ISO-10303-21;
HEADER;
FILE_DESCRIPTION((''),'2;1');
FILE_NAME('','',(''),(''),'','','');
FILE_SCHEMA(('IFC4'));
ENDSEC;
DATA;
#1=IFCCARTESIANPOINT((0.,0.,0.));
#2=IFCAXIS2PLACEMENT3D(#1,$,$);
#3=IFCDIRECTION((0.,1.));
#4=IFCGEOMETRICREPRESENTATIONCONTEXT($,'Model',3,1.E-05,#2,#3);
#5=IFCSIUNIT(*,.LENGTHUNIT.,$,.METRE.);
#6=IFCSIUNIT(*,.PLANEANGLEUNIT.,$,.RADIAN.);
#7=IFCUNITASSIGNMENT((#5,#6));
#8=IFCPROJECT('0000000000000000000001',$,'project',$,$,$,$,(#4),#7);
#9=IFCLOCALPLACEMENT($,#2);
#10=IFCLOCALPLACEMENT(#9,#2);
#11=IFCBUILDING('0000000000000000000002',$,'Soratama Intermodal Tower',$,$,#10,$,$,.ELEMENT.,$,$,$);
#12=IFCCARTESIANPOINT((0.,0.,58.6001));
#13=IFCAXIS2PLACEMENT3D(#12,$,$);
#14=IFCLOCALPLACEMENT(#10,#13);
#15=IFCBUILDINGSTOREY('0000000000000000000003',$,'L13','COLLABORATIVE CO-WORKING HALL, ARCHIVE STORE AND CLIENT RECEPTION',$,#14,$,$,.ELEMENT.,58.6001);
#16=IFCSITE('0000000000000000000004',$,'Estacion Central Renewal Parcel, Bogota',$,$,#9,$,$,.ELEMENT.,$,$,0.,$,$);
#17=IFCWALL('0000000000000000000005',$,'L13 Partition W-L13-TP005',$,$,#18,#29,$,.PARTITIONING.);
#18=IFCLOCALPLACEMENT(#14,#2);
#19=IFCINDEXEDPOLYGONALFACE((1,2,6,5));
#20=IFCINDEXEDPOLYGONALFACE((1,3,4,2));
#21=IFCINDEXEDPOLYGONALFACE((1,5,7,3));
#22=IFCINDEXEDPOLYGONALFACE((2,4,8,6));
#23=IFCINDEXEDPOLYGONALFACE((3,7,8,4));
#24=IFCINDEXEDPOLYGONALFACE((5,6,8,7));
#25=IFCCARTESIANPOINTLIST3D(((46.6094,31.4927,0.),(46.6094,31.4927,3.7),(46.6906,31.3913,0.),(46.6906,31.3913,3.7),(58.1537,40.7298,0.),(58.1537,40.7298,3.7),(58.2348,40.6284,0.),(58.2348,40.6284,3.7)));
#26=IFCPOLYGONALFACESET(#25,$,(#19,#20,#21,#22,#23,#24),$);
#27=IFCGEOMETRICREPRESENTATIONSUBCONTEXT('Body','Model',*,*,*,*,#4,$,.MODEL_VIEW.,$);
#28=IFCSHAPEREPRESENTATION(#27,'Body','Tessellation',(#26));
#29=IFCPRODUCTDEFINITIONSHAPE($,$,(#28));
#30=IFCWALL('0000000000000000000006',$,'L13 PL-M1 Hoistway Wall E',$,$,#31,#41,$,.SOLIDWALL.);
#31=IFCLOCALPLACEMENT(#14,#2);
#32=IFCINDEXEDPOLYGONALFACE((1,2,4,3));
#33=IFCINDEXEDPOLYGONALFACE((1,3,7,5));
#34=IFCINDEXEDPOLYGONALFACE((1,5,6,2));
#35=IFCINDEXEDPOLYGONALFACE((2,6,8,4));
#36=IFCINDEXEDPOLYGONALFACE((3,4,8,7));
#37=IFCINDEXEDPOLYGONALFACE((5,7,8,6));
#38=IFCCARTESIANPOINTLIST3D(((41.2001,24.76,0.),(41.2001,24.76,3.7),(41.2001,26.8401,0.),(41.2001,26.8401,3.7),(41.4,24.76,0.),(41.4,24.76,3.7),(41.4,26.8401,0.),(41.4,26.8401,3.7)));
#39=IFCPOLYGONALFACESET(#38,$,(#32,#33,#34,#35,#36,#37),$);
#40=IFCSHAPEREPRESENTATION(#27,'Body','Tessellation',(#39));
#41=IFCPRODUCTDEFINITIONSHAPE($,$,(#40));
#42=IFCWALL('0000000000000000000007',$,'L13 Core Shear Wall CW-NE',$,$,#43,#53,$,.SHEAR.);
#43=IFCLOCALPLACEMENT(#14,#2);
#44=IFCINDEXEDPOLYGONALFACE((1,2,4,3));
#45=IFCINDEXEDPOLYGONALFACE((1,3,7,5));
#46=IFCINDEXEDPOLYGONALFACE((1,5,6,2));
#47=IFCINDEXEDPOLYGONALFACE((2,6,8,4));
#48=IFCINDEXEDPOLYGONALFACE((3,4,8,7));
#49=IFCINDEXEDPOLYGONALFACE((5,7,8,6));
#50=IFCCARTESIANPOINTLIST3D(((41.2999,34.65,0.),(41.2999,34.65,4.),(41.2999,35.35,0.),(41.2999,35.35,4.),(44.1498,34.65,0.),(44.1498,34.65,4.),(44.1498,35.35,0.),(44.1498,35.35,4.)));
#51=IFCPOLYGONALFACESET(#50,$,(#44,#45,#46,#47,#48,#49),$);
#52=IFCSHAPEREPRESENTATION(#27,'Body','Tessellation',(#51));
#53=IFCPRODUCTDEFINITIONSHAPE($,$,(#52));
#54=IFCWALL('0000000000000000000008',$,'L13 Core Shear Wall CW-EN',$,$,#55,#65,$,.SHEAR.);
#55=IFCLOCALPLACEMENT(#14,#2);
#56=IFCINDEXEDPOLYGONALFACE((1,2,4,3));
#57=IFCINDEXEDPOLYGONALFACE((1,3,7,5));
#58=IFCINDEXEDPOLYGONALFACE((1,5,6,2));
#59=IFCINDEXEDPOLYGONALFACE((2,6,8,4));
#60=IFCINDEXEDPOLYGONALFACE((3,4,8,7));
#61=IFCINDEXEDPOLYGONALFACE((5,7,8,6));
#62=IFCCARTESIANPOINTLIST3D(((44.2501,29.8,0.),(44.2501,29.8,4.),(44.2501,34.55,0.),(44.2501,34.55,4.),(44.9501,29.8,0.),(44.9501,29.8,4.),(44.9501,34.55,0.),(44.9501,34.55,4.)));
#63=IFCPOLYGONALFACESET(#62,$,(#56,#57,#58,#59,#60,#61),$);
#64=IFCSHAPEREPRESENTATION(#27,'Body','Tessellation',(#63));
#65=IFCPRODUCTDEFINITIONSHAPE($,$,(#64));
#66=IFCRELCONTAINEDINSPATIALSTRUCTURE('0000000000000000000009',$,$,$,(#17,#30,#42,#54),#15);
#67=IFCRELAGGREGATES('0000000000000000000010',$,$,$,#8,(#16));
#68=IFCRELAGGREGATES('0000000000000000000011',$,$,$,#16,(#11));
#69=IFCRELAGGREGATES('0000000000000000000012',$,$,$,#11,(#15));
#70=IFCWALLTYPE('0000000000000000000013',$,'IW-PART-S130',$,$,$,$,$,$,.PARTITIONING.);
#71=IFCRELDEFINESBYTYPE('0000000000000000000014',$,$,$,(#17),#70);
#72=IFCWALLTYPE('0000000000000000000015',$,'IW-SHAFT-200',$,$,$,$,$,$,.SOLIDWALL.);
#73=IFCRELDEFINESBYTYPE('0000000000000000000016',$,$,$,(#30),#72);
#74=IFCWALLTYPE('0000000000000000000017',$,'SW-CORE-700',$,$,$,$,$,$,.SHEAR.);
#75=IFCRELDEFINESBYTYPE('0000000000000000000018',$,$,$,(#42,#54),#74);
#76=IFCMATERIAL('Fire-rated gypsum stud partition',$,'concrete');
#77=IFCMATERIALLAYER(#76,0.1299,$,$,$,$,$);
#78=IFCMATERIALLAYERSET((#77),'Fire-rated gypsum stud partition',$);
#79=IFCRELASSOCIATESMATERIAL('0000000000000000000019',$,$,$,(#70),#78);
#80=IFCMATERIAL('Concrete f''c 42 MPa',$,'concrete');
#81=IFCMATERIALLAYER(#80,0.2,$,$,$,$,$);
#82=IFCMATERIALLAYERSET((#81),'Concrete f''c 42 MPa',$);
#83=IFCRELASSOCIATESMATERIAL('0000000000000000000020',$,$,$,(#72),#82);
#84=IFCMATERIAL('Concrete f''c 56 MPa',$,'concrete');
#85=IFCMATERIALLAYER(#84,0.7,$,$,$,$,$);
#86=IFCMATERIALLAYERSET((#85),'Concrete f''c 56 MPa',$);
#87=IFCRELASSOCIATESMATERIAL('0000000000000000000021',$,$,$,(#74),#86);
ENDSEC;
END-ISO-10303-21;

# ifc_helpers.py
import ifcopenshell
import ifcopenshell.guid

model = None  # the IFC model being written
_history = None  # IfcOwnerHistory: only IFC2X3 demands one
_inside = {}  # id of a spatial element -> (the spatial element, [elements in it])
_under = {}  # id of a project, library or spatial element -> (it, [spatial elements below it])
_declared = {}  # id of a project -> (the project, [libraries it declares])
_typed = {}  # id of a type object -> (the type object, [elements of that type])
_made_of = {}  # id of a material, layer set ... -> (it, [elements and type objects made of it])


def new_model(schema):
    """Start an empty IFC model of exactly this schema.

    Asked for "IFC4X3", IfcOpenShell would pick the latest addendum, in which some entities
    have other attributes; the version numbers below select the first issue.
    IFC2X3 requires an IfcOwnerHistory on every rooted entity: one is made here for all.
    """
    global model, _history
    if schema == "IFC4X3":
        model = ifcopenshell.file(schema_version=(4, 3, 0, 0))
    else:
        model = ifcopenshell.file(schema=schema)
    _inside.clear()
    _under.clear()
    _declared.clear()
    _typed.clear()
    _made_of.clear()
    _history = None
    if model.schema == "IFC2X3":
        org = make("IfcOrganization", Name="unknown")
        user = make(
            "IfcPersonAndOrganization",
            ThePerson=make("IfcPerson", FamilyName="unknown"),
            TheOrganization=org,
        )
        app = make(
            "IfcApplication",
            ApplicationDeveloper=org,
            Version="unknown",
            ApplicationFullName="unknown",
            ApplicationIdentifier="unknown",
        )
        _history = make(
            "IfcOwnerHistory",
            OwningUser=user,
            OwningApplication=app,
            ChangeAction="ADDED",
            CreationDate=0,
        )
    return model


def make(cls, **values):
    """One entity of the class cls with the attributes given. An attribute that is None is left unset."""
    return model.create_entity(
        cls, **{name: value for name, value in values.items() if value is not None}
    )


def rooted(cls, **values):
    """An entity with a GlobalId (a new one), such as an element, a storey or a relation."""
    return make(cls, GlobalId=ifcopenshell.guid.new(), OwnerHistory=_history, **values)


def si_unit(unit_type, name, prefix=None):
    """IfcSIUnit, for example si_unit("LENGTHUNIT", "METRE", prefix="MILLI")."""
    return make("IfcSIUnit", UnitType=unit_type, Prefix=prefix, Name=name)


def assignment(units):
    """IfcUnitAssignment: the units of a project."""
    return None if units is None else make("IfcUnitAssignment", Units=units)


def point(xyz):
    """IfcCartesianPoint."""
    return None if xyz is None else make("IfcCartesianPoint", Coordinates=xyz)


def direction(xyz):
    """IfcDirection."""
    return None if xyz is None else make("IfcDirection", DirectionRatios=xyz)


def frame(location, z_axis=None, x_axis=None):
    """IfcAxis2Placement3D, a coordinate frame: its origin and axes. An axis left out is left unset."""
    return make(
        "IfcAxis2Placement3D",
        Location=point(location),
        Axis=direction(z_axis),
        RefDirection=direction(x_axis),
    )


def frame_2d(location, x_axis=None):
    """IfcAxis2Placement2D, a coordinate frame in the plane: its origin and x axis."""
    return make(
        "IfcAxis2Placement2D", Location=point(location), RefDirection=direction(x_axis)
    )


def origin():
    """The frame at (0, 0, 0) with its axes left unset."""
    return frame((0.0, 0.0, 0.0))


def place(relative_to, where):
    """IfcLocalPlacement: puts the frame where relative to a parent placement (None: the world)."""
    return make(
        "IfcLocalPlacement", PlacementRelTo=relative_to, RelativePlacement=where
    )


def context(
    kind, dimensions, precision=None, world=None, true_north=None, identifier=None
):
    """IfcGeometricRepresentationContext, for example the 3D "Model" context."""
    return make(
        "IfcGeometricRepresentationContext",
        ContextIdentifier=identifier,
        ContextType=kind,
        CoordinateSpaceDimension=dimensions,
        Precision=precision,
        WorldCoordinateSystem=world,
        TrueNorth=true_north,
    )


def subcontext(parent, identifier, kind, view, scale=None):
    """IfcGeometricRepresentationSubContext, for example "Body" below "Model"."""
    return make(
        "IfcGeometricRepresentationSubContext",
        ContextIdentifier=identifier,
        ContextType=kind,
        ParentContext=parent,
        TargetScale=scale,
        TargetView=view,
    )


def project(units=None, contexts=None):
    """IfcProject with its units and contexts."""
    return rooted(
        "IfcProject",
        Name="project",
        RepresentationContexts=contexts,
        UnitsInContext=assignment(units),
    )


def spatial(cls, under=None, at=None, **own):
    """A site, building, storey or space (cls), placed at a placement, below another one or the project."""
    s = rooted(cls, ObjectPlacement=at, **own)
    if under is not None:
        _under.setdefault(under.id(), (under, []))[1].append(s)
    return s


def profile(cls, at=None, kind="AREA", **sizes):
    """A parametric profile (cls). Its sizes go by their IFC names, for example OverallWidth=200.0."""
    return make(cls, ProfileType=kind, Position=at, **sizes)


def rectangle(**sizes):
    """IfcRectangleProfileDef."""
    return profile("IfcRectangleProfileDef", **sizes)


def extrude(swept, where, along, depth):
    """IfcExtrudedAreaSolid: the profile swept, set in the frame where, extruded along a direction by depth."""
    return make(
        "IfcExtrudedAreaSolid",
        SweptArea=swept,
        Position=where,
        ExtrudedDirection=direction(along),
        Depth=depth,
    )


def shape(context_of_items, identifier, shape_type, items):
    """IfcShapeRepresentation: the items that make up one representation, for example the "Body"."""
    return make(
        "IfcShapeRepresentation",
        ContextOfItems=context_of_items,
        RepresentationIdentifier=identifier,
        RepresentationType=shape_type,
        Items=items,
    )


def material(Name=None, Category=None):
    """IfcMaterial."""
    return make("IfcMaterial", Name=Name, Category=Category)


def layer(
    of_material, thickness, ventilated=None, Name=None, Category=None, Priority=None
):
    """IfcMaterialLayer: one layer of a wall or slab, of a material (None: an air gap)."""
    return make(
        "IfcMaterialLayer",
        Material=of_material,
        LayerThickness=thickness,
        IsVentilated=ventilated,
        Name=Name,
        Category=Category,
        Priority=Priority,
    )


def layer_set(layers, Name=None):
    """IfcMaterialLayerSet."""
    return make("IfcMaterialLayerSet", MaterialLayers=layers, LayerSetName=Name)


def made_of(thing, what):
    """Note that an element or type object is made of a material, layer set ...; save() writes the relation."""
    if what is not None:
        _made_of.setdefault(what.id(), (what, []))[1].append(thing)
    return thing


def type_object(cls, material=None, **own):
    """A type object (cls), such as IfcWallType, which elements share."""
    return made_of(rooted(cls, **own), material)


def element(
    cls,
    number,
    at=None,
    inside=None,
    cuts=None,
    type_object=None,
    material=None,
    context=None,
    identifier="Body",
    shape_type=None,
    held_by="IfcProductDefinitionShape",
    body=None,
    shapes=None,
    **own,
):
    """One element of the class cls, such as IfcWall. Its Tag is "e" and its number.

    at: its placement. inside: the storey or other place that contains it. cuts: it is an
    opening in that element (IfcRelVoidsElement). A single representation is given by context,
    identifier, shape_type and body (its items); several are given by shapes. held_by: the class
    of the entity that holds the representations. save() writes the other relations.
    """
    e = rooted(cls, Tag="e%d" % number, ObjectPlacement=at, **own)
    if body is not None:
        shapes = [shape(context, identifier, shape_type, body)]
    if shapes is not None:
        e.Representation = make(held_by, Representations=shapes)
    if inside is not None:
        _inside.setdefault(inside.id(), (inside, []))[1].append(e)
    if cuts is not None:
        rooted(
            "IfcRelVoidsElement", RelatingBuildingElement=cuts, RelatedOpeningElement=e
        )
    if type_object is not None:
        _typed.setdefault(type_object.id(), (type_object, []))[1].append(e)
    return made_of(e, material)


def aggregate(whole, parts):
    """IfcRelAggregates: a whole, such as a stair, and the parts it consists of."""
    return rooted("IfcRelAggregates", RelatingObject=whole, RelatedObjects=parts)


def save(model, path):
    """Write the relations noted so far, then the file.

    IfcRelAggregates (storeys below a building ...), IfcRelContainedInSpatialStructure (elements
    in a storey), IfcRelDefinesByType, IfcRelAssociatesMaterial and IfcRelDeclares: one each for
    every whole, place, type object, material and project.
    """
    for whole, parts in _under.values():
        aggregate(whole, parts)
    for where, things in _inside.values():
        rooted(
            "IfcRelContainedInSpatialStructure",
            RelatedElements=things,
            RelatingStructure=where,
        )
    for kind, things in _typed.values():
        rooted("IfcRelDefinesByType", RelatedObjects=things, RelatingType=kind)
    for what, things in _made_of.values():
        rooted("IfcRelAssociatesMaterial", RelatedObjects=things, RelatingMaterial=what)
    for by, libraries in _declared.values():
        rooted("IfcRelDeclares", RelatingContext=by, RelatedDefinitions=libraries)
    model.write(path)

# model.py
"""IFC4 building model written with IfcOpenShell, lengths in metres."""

from ifc_helpers import new_model, si_unit, direction, frame, frame_2d, origin, place, context, subcontext, project, spatial, rectangle, extrude, material, layer, layer_set, type_object, element, save


model = new_model("IFC4")

# Units and contexts
model_context = context("Model", 3, precision=1e-05, world=origin(), true_north=direction((0.0, 1.0)))
body_context = subcontext(model_context, "Body", "Model", "MODEL_VIEW")
ifc_project = project(units=[si_unit("LENGTHUNIT", "METRE"), si_unit("PLANEANGLEUNIT", "RADIAN")], contexts=[model_context])

# Site, building, storey
site_placement = place(None, origin())
site = spatial("IfcSite", under=ifc_project, at=site_placement, Name="Estacion Central Renewal Parcel, Bogota", CompositionType="ELEMENT", RefElevation=0.0)
building_placement = place(site_placement, origin())
building = spatial("IfcBuilding", under=site, at=building_placement, Name="Soratama Intermodal Tower", CompositionType="ELEMENT")
storey_placement = place(building_placement, frame((0.0, 0.0, 58.6001)))
storey = spatial("IfcBuildingStorey", under=building, at=storey_placement, Name="L13", Description="COLLABORATIVE CO-WORKING HALL, ARCHIVE STORE AND CLIENT RECEPTION", CompositionType="ELEMENT", Elevation=58.6001)

# Walls
ifc_material_1 = material(Name="Fire-rated gypsum stud partition", Category="concrete")
ifc_layer_1 = layer(ifc_material_1, 0.1299)
ifc_layer_set_1 = layer_set([ifc_layer_1], Name="Fire-rated gypsum stud partition")
wall_type_1 = type_object("IfcWallType", Name="IW-PART-S130", PredefinedType="PARTITIONING", material=ifc_layer_set_1)
wall_1_placement = place(storey_placement, frame((46.6499, 31.4419, 0.0), z_axis=(0.0, 0.0, 1.0), x_axis=(0.780812, 0.624766, 0.0)))
element("IfcWall", 1, at=wall_1_placement, inside=storey, type_object=wall_type_1, Name="L13 Partition W-L13-TP005", PredefinedType="PARTITIONING", context=body_context, shape_type="SweptSolid", body=[
    extrude(rectangle(XDim=14.7849, YDim=0.1299, at=frame_2d((7.3926, 0.0))), origin(), (0.0, 0.0, 1.0), 3.7),
])
ifc_material_2 = material(Name="Concrete f'c 42 MPa", Category="concrete")
ifc_layer_2 = layer(ifc_material_2, 0.2)
ifc_layer_set_2 = layer_set([ifc_layer_2], Name="Concrete f'c 42 MPa")
wall_type_2 = type_object("IfcWallType", Name="IW-SHAFT-200", PredefinedType="SOLIDWALL", material=ifc_layer_set_2)
wall_2_placement = place(storey_placement, frame((41.3, 24.76, 0.0), z_axis=(0.0, 0.0, 1.0), x_axis=(0.0, 1.0, 0.0)))
element("IfcWall", 2, at=wall_2_placement, inside=storey, type_object=wall_type_2, Name="L13 PL-M1 Hoistway Wall E", PredefinedType="SOLIDWALL", context=body_context, shape_type="SweptSolid", body=[
    extrude(rectangle(XDim=2.0801, YDim=0.2, at=frame_2d((1.04, 0.0))), origin(), (0.0, 0.0, 1.0), 3.7),
])
ifc_material_3 = material(Name="Concrete f'c 56 MPa", Category="concrete")
ifc_layer_3 = layer(ifc_material_3, 0.7)
ifc_layer_set_3 = layer_set([ifc_layer_3], Name="Concrete f'c 56 MPa")
wall_type_3 = type_object("IfcWallType", Name="SW-CORE-700", PredefinedType="SHEAR", material=ifc_layer_set_3)
wall_3_placement = place(storey_placement, frame((41.3, 35.0, 0.0), z_axis=(0.0, 0.0, 1.0), x_axis=(1.0, 0.0, 0.0)))
element("IfcWall", 3, at=wall_3_placement, inside=storey, type_object=wall_type_3, Name="L13 Core Shear Wall CW-NE", PredefinedType="SHEAR", context=body_context, shape_type="SweptSolid", body=[
    extrude(rectangle(XDim=2.8499, YDim=0.7, at=frame_2d((1.4248, 0.0))), origin(), (0.0, 0.0, 1.0), 4.0),
])
wall_4_placement = place(storey_placement, frame((44.6001, 29.8, 0.0), z_axis=(0.0, 0.0, 1.0), x_axis=(0.0, 1.0, 0.0)))
element("IfcWall", 4, at=wall_4_placement, inside=storey, type_object=wall_type_3, Name="L13 Core Shear Wall CW-EN", PredefinedType="SHEAR", context=body_context, shape_type="SweptSolid", body=[
    extrude(rectangle(XDim=4.75, YDim=0.7, at=frame_2d((2.375, 0.0))), origin(), (0.0, 0.0, 1.0), 4.0),
])

save(model, "model.ifc")
